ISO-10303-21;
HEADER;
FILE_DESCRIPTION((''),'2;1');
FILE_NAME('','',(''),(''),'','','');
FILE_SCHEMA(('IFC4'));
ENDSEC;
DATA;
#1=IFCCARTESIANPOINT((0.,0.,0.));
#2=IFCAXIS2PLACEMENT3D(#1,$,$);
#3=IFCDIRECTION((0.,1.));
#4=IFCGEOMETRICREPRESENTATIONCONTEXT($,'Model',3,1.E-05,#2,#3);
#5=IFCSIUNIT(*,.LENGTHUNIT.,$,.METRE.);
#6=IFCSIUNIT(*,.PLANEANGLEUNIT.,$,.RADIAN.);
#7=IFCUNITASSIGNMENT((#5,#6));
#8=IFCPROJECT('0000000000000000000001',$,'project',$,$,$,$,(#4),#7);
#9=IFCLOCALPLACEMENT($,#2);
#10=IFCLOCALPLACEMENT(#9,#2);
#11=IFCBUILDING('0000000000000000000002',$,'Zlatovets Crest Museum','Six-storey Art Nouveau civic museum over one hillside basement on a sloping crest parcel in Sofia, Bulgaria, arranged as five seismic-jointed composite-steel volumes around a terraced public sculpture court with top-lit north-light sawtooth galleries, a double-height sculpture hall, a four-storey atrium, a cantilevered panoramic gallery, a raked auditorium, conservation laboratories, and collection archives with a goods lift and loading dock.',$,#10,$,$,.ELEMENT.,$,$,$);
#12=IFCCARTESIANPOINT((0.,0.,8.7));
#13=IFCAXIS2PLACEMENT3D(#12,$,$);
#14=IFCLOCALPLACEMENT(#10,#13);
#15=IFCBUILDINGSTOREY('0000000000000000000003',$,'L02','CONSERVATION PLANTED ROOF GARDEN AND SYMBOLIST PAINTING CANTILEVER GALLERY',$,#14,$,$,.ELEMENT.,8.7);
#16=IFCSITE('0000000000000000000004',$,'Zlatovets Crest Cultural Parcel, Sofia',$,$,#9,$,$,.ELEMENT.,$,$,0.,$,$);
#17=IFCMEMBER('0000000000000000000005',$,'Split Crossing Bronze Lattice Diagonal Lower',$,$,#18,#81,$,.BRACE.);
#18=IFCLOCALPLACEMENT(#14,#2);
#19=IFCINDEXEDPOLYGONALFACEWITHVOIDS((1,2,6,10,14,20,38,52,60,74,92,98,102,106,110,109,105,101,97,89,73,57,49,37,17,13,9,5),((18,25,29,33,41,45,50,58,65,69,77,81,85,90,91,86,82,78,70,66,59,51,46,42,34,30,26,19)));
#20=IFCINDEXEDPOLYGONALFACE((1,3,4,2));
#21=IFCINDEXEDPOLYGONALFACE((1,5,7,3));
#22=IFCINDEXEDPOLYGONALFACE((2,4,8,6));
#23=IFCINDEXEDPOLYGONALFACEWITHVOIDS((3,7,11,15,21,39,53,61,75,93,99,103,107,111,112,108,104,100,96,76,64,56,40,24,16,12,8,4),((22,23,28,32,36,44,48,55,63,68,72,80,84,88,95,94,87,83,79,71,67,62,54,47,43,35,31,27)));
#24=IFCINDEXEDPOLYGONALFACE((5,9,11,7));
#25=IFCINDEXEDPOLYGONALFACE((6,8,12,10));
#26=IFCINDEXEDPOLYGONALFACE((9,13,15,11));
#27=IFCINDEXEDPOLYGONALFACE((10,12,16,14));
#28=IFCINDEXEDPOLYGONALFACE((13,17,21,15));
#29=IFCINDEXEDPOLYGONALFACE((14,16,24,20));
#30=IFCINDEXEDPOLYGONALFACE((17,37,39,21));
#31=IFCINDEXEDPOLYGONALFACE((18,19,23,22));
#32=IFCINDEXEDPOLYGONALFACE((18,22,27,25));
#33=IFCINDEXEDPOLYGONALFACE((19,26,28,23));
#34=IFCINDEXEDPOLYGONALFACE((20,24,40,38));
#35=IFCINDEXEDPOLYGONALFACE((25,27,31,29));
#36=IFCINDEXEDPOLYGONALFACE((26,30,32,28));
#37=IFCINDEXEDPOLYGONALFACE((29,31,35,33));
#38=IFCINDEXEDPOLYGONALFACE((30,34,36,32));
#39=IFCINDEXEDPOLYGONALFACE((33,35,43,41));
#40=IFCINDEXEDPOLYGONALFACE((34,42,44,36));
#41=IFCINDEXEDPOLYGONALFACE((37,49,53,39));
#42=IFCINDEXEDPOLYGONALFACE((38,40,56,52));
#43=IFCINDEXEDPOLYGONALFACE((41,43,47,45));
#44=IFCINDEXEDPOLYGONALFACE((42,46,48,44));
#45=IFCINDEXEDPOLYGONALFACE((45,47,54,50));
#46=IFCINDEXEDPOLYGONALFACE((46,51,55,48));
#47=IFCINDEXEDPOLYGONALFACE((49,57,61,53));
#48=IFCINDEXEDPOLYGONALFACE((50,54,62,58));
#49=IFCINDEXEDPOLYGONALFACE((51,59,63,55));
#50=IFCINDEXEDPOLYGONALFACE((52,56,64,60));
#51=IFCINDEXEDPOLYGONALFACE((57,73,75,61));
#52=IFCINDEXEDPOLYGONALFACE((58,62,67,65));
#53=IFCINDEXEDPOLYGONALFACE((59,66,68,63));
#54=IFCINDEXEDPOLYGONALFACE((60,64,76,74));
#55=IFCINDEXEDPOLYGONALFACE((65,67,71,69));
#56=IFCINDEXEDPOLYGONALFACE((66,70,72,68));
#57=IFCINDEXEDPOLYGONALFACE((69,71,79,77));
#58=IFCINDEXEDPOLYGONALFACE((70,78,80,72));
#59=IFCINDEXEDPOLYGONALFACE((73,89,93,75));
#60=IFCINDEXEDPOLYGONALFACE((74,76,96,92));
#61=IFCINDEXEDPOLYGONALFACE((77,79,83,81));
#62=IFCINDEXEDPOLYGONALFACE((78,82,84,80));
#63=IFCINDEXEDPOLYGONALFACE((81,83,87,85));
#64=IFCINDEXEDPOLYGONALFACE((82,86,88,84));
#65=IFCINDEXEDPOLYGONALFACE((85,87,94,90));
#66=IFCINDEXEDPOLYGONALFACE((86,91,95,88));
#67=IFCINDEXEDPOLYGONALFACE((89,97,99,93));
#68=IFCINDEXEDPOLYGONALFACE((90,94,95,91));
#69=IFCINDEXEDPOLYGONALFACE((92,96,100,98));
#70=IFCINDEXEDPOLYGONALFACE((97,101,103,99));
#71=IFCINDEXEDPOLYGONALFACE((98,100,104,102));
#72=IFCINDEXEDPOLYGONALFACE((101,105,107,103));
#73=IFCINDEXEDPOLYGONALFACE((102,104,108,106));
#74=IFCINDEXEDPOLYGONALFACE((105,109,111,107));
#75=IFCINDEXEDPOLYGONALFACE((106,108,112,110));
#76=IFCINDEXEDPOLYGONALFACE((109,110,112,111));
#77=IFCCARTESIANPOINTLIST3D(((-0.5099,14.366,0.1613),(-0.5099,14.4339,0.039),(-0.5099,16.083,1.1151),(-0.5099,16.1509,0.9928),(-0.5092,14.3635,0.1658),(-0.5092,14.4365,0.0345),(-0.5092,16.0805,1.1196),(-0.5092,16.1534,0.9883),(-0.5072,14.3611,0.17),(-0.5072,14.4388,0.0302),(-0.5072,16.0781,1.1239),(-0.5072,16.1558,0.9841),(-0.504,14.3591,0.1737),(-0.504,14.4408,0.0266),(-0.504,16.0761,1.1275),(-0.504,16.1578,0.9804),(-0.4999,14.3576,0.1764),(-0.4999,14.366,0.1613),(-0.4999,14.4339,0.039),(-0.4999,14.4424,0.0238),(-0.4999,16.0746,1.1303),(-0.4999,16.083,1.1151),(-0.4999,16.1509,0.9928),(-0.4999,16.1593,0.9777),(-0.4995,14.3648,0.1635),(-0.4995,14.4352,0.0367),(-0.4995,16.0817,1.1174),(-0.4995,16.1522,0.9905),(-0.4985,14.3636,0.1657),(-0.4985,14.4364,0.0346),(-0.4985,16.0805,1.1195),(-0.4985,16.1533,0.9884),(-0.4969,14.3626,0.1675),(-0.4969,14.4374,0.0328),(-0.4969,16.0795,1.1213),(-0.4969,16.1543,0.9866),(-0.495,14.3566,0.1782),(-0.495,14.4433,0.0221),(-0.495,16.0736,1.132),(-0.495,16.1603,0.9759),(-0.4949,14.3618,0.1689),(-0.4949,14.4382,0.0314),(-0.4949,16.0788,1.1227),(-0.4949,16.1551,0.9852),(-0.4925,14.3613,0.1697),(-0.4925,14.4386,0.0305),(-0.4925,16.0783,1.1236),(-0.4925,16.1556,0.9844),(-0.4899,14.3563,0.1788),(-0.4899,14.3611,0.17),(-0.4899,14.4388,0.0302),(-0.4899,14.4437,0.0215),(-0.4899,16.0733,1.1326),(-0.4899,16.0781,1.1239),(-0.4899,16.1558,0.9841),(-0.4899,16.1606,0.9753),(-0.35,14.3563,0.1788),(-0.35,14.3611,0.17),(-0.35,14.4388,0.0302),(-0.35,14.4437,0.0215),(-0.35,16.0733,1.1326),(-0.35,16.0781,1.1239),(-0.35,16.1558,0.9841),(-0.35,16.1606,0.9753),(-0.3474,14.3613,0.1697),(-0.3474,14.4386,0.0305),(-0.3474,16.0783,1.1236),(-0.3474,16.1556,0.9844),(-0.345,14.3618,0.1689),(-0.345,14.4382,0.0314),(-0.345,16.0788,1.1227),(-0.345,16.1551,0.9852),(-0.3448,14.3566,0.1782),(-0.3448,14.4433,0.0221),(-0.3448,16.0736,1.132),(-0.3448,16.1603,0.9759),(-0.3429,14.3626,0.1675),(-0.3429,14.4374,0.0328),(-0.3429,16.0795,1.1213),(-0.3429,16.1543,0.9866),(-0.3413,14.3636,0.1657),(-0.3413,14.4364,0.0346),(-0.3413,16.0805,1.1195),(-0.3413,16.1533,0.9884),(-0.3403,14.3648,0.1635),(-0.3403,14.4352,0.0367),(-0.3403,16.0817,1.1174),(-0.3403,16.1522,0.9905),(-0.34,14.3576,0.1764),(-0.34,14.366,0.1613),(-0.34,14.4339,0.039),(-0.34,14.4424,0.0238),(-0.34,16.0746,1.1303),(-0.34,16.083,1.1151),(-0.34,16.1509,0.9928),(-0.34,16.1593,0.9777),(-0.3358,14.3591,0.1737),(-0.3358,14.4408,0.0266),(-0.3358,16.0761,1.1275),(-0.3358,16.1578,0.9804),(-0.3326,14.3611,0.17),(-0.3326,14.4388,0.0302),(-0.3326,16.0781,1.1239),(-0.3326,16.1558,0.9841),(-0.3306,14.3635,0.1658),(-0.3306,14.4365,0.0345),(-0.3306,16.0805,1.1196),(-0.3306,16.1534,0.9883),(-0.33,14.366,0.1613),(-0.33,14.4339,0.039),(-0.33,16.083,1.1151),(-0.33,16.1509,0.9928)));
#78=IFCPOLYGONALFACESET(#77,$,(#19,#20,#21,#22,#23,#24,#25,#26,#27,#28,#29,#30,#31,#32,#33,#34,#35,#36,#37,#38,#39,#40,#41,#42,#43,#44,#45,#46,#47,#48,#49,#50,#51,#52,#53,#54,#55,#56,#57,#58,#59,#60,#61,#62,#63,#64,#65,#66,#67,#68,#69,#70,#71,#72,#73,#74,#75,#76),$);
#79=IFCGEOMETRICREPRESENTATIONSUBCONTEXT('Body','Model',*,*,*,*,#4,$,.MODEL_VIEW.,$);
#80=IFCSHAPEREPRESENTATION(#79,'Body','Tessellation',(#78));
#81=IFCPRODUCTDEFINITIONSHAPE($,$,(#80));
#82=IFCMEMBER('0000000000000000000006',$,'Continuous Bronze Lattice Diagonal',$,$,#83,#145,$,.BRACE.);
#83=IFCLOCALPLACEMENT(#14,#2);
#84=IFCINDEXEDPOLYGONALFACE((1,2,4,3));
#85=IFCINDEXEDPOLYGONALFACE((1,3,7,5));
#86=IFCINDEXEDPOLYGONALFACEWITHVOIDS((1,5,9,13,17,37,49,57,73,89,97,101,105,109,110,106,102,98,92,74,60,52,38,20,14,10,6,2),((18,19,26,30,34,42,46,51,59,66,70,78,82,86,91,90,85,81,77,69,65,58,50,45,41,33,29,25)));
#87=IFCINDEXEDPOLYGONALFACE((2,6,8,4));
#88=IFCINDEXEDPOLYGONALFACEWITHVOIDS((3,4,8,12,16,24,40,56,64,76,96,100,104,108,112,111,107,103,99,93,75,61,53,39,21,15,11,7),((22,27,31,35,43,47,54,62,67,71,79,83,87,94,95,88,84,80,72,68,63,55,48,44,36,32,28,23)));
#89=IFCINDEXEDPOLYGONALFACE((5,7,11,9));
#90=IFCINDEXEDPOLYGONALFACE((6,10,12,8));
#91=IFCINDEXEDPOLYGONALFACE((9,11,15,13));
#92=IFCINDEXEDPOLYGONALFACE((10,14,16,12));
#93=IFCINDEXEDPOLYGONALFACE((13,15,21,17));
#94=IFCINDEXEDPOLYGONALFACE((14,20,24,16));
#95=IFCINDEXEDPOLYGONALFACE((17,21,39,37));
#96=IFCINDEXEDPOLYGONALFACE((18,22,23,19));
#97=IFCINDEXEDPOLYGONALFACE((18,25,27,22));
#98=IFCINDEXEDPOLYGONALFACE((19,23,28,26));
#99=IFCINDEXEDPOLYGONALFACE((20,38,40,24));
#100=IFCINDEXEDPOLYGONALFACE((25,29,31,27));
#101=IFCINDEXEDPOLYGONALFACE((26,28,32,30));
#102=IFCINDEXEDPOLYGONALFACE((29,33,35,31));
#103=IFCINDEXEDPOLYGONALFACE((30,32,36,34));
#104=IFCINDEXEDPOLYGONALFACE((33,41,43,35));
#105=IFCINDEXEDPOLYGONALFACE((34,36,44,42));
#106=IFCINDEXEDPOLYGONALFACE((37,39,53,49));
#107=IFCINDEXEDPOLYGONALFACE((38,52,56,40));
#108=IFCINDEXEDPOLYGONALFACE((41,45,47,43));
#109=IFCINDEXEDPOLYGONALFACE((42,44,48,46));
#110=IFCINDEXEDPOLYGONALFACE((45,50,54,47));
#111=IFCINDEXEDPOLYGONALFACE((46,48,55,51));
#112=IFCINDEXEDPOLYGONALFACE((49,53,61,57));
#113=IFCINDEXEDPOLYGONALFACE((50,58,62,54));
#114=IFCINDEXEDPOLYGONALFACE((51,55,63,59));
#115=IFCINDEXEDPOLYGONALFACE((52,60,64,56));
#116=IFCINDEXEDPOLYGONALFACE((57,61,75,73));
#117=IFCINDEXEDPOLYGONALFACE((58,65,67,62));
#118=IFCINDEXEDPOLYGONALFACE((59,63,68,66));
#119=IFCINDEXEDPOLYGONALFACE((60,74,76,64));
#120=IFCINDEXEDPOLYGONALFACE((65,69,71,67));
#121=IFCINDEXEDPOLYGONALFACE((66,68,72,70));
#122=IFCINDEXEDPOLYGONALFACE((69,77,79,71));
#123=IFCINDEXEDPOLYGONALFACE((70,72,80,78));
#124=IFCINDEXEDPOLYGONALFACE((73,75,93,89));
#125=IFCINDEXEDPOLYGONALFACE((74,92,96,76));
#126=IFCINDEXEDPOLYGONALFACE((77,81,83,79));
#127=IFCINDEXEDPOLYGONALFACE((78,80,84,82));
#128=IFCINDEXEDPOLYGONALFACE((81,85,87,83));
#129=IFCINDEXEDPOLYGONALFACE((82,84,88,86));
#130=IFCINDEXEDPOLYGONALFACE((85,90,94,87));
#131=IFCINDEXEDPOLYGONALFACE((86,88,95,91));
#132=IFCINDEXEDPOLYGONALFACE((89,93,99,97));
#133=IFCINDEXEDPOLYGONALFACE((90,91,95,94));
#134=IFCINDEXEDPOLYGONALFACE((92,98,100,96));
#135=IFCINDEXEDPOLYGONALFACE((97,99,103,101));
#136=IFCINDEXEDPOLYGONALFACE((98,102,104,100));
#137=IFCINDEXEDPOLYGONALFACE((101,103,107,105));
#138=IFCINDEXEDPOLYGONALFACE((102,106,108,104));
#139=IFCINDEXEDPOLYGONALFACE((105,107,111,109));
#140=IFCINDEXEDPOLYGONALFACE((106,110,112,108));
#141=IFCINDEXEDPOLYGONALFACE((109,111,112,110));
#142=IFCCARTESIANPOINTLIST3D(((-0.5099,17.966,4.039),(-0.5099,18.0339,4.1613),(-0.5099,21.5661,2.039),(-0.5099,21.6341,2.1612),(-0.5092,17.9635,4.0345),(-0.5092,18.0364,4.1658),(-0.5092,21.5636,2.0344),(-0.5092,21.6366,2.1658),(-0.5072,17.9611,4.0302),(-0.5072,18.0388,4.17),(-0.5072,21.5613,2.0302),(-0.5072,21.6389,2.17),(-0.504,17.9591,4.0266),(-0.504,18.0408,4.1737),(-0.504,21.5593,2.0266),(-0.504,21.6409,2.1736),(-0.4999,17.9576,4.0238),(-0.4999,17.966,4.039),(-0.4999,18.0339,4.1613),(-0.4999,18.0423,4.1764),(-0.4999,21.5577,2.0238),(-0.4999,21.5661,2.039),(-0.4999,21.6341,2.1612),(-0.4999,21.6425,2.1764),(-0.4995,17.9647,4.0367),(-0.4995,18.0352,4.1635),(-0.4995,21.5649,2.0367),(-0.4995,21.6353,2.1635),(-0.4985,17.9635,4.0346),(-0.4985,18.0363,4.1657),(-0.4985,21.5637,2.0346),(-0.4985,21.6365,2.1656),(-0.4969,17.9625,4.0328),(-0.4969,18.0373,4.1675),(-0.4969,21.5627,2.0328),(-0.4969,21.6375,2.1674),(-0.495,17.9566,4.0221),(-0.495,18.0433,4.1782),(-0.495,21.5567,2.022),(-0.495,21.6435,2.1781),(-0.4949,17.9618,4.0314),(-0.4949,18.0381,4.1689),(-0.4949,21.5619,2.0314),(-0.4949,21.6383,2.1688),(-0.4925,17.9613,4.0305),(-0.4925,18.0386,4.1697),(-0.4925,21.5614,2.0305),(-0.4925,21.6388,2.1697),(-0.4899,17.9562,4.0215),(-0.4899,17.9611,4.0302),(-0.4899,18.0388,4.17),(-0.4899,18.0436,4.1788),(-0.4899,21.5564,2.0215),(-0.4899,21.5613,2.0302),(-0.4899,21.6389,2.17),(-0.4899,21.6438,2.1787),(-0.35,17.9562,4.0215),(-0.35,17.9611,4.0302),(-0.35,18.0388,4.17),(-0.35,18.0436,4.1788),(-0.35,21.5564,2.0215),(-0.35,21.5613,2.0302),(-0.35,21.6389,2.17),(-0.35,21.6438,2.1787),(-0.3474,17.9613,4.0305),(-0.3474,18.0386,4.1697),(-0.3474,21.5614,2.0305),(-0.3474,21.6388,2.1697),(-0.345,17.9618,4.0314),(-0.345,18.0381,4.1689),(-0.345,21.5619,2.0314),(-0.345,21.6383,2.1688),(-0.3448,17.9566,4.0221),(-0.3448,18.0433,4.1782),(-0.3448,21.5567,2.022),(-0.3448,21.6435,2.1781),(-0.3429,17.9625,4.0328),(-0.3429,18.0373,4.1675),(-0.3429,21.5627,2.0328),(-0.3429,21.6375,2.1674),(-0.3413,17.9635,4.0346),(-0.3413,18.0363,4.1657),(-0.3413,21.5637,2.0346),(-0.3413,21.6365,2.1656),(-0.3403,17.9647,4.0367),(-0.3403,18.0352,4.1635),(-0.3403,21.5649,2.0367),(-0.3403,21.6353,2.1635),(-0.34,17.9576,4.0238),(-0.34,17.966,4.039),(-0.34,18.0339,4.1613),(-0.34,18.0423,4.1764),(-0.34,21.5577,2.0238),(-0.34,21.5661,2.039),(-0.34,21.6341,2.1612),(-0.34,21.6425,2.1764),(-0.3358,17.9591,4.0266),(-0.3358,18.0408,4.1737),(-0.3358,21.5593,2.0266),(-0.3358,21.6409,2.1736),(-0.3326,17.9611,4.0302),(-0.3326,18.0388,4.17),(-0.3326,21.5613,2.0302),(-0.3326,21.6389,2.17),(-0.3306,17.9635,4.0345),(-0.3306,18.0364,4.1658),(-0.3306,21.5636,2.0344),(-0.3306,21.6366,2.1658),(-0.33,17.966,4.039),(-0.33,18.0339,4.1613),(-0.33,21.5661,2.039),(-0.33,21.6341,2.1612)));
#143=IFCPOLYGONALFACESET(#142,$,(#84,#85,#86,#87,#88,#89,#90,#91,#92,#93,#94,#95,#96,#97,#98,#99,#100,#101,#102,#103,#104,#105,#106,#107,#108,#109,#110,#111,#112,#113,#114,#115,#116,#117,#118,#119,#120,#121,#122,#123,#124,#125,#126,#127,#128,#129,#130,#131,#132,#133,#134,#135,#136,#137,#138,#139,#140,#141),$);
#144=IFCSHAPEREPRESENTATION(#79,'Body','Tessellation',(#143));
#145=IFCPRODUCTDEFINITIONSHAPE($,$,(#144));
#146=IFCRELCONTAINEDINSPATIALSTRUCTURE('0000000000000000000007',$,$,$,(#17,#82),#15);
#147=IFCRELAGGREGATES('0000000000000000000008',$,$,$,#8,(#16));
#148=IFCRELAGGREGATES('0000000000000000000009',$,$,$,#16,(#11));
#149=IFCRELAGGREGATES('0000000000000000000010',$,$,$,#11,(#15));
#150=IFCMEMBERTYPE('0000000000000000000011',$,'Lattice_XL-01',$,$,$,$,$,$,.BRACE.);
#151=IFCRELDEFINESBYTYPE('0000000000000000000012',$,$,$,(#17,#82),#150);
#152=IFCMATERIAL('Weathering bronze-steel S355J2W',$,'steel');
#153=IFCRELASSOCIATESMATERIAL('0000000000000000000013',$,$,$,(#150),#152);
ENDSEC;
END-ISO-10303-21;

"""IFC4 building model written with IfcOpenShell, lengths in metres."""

from ifc_helpers import new_model, si_unit, direction, frame, origin, origin_2d, place, context, subcontext, project, spatial, hollow_rectangle, extrude, material, material_profile, profile_set, type_object, element, save


model = new_model("IFC4")

# Units and contexts
model_context = context("Model", 3, precision=1e-05, world=origin(), true_north=direction((0.0, 1.0)))
body_context = subcontext(model_context, "Body", "Model", "MODEL_VIEW")
ifc_project = project(units=[si_unit("LENGTHUNIT", "METRE"), si_unit("PLANEANGLEUNIT", "RADIAN")], contexts=[model_context])

# Site, building, storey
site_placement = place(None, origin())
site = spatial("IfcSite", under=ifc_project, at=site_placement, Name="Zlatovets Crest Cultural Parcel, Sofia", CompositionType="ELEMENT", RefElevation=0.0)
building_placement = place(site_placement, origin())
building = spatial("IfcBuilding", under=site, at=building_placement, Name="Zlatovets Crest Museum", Description="Six-storey Art Nouveau civic museum over one hillside basement on a sloping crest parcel in Sofia, Bulgaria, arranged as five seismic-jointed composite-steel volumes around a terraced public sculpture court with top-lit north-light sawtooth galleries, a double-height sculpture hall, a four-storey atrium, a cantilevered panoramic gallery, a raked auditorium, conservation laboratories, and collection archives with a goods lift and loading dock.", CompositionType="ELEMENT")
storey_placement = place(building_placement, frame((0.0, 0.0, 8.7)))
storey = spatial("IfcBuildingStorey", under=building, at=storey_placement, Name="L02", Description="CONSERVATION PLANTED ROOF GARDEN AND SYMBOLIST PAINTING CANTILEVER GALLERY", CompositionType="ELEMENT", Elevation=8.7)

# Members
ifc_material_1 = material(Name="Weathering bronze-steel S355J2W", Category="steel")
ifc_material_profile_1 = material_profile(ifc_material_1, hollow_rectangle(XDim=0.1799, YDim=0.1799, WallThickness=0.01, InnerFilletRadius=0.01, OuterFilletRadius=0.02, at=origin_2d()), Name="SHS 180x180x10.0")
ifc_profile_set_1 = profile_set([ifc_material_profile_1], Name="Weathering bronze-steel S355J2W")
member_type_1 = type_object("IfcMemberType", Name="Lattice_XL-01", PredefinedType="BRACE", material=ifc_profile_set_1)
for number, where, z_axis, x_axis, name in (
    (1, (-0.4199, 16.1169, 1.054), (0.0, -0.874169, -0.485622), (1.0, 0.0, 0.0), "Split Crossing Bronze Lattice Diagonal Lower"),
):
    element("IfcMember", number, at=place(storey_placement, frame(where, z_axis=z_axis, x_axis=x_axis)), inside=storey, type_object=member_type_1, Name=name, PredefinedType="BRACE", context=body_context, shape_type="SweptSolid", body=[
        extrude(hollow_rectangle(XDim=0.1799, YDim=0.1799, WallThickness=0.01, InnerFilletRadius=0.01, OuterFilletRadius=0.02, at=origin_2d()), origin(), (0.0, 0.0, 1.0), 1.9641),
    ])
member_1_placement = place(storey_placement, frame((-0.4199, 21.6001, 2.1001), z_axis=(0.0, -0.874163, 0.485633), x_axis=(1.0, 0.0, 0.0)))
element("IfcMember", 2, at=member_1_placement, inside=storey, type_object=member_type_1, Name="Continuous Bronze Lattice Diagonal", PredefinedType="BRACE", context=body_context, shape_type="SweptSolid", body=[
    extrude(hollow_rectangle(XDim=0.1799, YDim=0.1799, WallThickness=0.01, InnerFilletRadius=0.01, OuterFilletRadius=0.02, at=origin_2d()), origin(), (0.0, 0.0, 1.0), 4.1184),
])

save(model, "model.ifc")
